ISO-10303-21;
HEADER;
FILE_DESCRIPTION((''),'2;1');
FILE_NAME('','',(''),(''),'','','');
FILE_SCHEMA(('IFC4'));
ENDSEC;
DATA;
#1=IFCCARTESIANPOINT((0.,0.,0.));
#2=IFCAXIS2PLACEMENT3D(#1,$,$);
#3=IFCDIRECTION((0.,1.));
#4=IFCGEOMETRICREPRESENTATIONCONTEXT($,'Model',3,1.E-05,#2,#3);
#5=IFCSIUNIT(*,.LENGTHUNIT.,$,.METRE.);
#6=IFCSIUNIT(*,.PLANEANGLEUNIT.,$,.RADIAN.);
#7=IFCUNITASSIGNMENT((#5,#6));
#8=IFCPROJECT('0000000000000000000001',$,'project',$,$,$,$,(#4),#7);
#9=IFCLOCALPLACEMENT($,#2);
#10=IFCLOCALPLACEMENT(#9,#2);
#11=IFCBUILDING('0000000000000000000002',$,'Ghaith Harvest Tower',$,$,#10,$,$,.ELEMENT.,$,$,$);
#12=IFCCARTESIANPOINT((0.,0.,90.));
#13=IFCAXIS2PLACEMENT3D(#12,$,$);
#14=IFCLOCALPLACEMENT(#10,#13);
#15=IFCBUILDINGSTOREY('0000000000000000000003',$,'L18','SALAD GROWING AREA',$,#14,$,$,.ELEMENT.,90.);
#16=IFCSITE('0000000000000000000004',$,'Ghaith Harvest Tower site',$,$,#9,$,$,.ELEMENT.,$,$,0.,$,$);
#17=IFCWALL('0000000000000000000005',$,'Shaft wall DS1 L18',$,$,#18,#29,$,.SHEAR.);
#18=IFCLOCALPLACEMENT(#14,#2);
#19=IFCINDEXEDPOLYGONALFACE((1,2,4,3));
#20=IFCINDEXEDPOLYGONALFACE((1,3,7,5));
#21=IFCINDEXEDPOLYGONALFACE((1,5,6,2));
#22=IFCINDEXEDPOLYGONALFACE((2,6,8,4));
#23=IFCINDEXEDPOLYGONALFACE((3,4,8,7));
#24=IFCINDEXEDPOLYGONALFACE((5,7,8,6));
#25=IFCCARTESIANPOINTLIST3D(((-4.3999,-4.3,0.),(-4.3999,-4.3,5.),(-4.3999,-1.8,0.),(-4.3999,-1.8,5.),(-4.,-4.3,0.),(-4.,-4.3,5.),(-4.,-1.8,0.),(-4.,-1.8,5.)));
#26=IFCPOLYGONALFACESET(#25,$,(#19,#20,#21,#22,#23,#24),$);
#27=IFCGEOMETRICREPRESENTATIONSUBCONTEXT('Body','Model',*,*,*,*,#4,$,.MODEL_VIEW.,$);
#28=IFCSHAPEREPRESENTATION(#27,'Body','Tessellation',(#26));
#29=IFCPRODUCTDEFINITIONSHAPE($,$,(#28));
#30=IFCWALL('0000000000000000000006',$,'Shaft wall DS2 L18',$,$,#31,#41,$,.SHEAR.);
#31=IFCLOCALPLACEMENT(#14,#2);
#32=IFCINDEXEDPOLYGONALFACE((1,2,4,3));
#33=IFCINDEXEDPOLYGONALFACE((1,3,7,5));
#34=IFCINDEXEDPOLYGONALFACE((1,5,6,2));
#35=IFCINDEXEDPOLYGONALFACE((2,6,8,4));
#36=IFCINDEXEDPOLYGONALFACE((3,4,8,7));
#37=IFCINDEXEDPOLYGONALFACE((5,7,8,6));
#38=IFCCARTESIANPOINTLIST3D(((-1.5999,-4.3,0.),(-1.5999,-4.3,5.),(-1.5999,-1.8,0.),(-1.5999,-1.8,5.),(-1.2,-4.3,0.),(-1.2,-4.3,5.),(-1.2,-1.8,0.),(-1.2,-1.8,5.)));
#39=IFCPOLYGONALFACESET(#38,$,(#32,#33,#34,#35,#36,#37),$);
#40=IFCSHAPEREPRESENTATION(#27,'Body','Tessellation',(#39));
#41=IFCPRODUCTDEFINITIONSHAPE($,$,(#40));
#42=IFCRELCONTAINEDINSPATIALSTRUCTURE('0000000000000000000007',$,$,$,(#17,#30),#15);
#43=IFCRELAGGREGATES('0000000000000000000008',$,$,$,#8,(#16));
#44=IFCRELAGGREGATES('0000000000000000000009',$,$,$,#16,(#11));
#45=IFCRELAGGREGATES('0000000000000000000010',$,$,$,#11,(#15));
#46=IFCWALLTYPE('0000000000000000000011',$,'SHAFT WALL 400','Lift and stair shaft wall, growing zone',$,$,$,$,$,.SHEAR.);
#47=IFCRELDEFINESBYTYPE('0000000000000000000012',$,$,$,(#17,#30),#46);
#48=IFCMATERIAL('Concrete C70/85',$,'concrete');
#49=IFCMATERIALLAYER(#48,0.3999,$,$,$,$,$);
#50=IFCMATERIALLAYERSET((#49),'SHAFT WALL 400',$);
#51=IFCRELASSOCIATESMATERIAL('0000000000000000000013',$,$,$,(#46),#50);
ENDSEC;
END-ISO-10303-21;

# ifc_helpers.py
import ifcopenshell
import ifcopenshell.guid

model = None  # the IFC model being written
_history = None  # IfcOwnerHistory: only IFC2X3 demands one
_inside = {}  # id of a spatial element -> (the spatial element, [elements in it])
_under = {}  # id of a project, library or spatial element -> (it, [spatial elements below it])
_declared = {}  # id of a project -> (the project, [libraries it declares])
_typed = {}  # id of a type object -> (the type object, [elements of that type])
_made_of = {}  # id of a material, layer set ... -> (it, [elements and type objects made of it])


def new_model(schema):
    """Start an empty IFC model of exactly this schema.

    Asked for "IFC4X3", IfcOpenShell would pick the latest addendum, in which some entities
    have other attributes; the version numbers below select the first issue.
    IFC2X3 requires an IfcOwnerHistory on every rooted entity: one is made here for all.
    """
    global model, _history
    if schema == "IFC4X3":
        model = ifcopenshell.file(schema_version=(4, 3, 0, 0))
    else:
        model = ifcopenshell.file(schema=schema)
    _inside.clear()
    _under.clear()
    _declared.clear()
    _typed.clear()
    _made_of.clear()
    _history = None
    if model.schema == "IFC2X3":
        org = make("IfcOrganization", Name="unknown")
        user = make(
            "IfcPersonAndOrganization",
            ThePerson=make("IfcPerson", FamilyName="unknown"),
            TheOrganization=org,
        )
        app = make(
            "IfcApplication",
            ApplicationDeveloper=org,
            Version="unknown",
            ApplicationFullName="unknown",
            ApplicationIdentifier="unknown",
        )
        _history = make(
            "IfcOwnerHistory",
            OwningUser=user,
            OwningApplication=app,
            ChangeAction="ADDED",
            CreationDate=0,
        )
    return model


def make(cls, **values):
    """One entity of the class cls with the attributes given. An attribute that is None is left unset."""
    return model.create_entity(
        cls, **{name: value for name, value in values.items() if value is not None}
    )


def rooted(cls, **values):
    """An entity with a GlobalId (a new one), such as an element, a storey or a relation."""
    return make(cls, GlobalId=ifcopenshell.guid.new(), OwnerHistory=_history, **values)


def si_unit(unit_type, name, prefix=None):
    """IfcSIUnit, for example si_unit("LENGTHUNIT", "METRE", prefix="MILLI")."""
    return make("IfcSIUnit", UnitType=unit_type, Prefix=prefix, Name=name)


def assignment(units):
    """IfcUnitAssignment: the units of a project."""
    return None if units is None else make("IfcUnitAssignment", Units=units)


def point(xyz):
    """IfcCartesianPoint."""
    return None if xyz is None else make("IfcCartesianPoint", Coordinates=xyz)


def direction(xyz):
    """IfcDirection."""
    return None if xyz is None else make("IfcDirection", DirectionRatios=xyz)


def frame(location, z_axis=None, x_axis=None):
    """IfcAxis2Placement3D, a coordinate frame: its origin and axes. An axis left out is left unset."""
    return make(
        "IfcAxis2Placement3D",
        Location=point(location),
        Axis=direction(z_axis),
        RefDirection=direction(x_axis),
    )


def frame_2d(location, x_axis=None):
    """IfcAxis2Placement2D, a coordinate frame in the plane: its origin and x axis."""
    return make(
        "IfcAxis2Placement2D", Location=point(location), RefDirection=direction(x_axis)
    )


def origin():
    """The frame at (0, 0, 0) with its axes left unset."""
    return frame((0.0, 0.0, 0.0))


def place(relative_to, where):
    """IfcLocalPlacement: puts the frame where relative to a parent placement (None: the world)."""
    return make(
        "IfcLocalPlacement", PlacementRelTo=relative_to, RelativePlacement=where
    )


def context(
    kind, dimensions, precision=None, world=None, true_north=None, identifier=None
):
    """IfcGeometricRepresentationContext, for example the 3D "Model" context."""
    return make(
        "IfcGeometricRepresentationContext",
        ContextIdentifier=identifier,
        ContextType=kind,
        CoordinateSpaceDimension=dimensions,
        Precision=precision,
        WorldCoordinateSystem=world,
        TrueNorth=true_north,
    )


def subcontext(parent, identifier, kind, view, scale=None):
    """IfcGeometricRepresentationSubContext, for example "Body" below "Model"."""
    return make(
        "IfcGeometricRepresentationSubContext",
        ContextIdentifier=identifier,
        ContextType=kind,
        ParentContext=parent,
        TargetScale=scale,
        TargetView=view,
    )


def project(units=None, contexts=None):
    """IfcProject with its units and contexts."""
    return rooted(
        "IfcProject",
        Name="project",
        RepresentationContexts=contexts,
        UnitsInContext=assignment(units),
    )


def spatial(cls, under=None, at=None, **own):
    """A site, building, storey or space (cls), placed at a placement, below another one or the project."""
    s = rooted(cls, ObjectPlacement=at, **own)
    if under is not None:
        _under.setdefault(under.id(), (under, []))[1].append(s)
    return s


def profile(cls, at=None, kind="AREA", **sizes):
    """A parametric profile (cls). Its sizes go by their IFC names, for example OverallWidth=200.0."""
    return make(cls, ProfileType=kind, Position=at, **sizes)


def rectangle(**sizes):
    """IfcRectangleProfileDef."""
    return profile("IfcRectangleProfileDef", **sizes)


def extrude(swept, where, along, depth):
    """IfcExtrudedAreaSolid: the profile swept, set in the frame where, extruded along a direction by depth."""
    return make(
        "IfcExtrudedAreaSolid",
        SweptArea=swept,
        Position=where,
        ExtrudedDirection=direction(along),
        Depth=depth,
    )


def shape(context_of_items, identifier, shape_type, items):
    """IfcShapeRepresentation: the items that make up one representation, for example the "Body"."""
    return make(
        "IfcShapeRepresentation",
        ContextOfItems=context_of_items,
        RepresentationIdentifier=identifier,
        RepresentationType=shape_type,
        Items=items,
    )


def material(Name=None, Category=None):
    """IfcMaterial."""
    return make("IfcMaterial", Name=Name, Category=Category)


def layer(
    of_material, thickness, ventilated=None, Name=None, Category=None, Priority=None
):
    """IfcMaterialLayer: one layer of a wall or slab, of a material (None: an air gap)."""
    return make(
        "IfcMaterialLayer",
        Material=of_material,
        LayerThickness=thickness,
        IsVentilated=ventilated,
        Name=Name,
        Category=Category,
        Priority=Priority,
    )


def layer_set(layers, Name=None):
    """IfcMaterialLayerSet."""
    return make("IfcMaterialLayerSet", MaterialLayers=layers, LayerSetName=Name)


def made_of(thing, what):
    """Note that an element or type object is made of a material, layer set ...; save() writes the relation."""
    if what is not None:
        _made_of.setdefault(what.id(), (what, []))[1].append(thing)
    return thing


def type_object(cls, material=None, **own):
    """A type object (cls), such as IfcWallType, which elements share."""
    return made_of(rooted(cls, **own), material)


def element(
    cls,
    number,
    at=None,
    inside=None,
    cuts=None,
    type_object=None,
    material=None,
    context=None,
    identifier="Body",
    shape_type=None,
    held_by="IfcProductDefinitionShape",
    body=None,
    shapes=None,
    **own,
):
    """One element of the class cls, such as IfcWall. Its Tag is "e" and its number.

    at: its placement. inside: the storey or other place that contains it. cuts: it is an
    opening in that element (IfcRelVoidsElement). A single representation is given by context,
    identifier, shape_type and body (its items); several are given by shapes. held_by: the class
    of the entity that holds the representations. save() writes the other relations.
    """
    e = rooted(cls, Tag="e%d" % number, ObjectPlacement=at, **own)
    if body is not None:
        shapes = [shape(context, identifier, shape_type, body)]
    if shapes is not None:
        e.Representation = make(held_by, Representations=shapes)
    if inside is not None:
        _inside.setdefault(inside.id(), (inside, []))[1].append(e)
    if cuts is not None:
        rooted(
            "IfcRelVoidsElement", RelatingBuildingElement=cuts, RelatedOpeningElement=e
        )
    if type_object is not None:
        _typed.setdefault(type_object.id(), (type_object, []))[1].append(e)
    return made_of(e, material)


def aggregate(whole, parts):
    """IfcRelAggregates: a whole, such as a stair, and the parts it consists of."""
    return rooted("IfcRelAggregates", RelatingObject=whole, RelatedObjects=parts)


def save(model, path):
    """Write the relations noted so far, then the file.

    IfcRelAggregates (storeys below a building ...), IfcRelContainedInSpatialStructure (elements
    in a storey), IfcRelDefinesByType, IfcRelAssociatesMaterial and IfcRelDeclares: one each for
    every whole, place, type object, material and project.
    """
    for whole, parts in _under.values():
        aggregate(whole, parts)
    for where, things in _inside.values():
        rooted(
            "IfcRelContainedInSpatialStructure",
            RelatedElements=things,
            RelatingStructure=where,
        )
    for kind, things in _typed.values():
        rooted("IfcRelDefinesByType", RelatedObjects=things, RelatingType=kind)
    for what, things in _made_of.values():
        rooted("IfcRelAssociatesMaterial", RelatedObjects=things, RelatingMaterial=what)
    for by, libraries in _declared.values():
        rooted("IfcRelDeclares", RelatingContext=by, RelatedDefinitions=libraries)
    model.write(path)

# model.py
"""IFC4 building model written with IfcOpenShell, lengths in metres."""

from ifc_helpers import new_model, si_unit, direction, frame, frame_2d, origin, place, context, subcontext, project, spatial, rectangle, extrude, material, layer, layer_set, type_object, element, save


model = new_model("IFC4")

# Units and contexts
model_context = context("Model", 3, precision=1e-05, world=origin(), true_north=direction((0.0, 1.0)))
body_context = subcontext(model_context, "Body", "Model", "MODEL_VIEW")
ifc_project = project(units=[si_unit("LENGTHUNIT", "METRE"), si_unit("PLANEANGLEUNIT", "RADIAN")], contexts=[model_context])

# Site, building, storey
site_placement = place(None, origin())
site = spatial("IfcSite", under=ifc_project, at=site_placement, Name="Ghaith Harvest Tower site", CompositionType="ELEMENT", RefElevation=0.0)
building_placement = place(site_placement, origin())
building = spatial("IfcBuilding", under=site, at=building_placement, Name="Ghaith Harvest Tower", CompositionType="ELEMENT")
storey_placement = place(building_placement, frame((0.0, 0.0, 90.0)))
storey = spatial("IfcBuildingStorey", under=building, at=storey_placement, Name="L18", Description="SALAD GROWING AREA", CompositionType="ELEMENT", Elevation=90.0)

# Shared definitions
ifc_material_1 = material(Name="Concrete C70/85", Category="concrete")
ifc_layer_1 = layer(ifc_material_1, 0.3999)
ifc_layer_set_1 = layer_set([ifc_layer_1], Name="SHAFT WALL 400")
wall_type_1 = type_object("IfcWallType", Name="SHAFT WALL 400", Description="Lift and stair shaft wall, growing zone", PredefinedType="SHEAR", material=ifc_layer_set_1)

# Walls
for number, where, z_axis, x_axis, name in (
    (1, (-4.2, -4.3, 0.0), (0.0, 0.0, 1.0), (0.0, 1.0, 0.0), "Shaft wall DS1 L18"),
    (2, (-1.3999, -4.3, 0.0), (0.0, 0.0, 1.0), (0.0, 1.0, 0.0), "Shaft wall DS2 L18"),
):
    element("IfcWall", number, at=place(storey_placement, frame(where, z_axis=z_axis, x_axis=x_axis)), inside=storey, type_object=wall_type_1, Name=name, PredefinedType="SHEAR", context=body_context, shape_type="SweptSolid", body=[
        extrude(rectangle(XDim=2.5, YDim=0.3999, at=frame_2d((1.25, 0.0))), origin(), (0.0, 0.0, 1.0), 5.0),
    ])

save(model, "model.ifc")
